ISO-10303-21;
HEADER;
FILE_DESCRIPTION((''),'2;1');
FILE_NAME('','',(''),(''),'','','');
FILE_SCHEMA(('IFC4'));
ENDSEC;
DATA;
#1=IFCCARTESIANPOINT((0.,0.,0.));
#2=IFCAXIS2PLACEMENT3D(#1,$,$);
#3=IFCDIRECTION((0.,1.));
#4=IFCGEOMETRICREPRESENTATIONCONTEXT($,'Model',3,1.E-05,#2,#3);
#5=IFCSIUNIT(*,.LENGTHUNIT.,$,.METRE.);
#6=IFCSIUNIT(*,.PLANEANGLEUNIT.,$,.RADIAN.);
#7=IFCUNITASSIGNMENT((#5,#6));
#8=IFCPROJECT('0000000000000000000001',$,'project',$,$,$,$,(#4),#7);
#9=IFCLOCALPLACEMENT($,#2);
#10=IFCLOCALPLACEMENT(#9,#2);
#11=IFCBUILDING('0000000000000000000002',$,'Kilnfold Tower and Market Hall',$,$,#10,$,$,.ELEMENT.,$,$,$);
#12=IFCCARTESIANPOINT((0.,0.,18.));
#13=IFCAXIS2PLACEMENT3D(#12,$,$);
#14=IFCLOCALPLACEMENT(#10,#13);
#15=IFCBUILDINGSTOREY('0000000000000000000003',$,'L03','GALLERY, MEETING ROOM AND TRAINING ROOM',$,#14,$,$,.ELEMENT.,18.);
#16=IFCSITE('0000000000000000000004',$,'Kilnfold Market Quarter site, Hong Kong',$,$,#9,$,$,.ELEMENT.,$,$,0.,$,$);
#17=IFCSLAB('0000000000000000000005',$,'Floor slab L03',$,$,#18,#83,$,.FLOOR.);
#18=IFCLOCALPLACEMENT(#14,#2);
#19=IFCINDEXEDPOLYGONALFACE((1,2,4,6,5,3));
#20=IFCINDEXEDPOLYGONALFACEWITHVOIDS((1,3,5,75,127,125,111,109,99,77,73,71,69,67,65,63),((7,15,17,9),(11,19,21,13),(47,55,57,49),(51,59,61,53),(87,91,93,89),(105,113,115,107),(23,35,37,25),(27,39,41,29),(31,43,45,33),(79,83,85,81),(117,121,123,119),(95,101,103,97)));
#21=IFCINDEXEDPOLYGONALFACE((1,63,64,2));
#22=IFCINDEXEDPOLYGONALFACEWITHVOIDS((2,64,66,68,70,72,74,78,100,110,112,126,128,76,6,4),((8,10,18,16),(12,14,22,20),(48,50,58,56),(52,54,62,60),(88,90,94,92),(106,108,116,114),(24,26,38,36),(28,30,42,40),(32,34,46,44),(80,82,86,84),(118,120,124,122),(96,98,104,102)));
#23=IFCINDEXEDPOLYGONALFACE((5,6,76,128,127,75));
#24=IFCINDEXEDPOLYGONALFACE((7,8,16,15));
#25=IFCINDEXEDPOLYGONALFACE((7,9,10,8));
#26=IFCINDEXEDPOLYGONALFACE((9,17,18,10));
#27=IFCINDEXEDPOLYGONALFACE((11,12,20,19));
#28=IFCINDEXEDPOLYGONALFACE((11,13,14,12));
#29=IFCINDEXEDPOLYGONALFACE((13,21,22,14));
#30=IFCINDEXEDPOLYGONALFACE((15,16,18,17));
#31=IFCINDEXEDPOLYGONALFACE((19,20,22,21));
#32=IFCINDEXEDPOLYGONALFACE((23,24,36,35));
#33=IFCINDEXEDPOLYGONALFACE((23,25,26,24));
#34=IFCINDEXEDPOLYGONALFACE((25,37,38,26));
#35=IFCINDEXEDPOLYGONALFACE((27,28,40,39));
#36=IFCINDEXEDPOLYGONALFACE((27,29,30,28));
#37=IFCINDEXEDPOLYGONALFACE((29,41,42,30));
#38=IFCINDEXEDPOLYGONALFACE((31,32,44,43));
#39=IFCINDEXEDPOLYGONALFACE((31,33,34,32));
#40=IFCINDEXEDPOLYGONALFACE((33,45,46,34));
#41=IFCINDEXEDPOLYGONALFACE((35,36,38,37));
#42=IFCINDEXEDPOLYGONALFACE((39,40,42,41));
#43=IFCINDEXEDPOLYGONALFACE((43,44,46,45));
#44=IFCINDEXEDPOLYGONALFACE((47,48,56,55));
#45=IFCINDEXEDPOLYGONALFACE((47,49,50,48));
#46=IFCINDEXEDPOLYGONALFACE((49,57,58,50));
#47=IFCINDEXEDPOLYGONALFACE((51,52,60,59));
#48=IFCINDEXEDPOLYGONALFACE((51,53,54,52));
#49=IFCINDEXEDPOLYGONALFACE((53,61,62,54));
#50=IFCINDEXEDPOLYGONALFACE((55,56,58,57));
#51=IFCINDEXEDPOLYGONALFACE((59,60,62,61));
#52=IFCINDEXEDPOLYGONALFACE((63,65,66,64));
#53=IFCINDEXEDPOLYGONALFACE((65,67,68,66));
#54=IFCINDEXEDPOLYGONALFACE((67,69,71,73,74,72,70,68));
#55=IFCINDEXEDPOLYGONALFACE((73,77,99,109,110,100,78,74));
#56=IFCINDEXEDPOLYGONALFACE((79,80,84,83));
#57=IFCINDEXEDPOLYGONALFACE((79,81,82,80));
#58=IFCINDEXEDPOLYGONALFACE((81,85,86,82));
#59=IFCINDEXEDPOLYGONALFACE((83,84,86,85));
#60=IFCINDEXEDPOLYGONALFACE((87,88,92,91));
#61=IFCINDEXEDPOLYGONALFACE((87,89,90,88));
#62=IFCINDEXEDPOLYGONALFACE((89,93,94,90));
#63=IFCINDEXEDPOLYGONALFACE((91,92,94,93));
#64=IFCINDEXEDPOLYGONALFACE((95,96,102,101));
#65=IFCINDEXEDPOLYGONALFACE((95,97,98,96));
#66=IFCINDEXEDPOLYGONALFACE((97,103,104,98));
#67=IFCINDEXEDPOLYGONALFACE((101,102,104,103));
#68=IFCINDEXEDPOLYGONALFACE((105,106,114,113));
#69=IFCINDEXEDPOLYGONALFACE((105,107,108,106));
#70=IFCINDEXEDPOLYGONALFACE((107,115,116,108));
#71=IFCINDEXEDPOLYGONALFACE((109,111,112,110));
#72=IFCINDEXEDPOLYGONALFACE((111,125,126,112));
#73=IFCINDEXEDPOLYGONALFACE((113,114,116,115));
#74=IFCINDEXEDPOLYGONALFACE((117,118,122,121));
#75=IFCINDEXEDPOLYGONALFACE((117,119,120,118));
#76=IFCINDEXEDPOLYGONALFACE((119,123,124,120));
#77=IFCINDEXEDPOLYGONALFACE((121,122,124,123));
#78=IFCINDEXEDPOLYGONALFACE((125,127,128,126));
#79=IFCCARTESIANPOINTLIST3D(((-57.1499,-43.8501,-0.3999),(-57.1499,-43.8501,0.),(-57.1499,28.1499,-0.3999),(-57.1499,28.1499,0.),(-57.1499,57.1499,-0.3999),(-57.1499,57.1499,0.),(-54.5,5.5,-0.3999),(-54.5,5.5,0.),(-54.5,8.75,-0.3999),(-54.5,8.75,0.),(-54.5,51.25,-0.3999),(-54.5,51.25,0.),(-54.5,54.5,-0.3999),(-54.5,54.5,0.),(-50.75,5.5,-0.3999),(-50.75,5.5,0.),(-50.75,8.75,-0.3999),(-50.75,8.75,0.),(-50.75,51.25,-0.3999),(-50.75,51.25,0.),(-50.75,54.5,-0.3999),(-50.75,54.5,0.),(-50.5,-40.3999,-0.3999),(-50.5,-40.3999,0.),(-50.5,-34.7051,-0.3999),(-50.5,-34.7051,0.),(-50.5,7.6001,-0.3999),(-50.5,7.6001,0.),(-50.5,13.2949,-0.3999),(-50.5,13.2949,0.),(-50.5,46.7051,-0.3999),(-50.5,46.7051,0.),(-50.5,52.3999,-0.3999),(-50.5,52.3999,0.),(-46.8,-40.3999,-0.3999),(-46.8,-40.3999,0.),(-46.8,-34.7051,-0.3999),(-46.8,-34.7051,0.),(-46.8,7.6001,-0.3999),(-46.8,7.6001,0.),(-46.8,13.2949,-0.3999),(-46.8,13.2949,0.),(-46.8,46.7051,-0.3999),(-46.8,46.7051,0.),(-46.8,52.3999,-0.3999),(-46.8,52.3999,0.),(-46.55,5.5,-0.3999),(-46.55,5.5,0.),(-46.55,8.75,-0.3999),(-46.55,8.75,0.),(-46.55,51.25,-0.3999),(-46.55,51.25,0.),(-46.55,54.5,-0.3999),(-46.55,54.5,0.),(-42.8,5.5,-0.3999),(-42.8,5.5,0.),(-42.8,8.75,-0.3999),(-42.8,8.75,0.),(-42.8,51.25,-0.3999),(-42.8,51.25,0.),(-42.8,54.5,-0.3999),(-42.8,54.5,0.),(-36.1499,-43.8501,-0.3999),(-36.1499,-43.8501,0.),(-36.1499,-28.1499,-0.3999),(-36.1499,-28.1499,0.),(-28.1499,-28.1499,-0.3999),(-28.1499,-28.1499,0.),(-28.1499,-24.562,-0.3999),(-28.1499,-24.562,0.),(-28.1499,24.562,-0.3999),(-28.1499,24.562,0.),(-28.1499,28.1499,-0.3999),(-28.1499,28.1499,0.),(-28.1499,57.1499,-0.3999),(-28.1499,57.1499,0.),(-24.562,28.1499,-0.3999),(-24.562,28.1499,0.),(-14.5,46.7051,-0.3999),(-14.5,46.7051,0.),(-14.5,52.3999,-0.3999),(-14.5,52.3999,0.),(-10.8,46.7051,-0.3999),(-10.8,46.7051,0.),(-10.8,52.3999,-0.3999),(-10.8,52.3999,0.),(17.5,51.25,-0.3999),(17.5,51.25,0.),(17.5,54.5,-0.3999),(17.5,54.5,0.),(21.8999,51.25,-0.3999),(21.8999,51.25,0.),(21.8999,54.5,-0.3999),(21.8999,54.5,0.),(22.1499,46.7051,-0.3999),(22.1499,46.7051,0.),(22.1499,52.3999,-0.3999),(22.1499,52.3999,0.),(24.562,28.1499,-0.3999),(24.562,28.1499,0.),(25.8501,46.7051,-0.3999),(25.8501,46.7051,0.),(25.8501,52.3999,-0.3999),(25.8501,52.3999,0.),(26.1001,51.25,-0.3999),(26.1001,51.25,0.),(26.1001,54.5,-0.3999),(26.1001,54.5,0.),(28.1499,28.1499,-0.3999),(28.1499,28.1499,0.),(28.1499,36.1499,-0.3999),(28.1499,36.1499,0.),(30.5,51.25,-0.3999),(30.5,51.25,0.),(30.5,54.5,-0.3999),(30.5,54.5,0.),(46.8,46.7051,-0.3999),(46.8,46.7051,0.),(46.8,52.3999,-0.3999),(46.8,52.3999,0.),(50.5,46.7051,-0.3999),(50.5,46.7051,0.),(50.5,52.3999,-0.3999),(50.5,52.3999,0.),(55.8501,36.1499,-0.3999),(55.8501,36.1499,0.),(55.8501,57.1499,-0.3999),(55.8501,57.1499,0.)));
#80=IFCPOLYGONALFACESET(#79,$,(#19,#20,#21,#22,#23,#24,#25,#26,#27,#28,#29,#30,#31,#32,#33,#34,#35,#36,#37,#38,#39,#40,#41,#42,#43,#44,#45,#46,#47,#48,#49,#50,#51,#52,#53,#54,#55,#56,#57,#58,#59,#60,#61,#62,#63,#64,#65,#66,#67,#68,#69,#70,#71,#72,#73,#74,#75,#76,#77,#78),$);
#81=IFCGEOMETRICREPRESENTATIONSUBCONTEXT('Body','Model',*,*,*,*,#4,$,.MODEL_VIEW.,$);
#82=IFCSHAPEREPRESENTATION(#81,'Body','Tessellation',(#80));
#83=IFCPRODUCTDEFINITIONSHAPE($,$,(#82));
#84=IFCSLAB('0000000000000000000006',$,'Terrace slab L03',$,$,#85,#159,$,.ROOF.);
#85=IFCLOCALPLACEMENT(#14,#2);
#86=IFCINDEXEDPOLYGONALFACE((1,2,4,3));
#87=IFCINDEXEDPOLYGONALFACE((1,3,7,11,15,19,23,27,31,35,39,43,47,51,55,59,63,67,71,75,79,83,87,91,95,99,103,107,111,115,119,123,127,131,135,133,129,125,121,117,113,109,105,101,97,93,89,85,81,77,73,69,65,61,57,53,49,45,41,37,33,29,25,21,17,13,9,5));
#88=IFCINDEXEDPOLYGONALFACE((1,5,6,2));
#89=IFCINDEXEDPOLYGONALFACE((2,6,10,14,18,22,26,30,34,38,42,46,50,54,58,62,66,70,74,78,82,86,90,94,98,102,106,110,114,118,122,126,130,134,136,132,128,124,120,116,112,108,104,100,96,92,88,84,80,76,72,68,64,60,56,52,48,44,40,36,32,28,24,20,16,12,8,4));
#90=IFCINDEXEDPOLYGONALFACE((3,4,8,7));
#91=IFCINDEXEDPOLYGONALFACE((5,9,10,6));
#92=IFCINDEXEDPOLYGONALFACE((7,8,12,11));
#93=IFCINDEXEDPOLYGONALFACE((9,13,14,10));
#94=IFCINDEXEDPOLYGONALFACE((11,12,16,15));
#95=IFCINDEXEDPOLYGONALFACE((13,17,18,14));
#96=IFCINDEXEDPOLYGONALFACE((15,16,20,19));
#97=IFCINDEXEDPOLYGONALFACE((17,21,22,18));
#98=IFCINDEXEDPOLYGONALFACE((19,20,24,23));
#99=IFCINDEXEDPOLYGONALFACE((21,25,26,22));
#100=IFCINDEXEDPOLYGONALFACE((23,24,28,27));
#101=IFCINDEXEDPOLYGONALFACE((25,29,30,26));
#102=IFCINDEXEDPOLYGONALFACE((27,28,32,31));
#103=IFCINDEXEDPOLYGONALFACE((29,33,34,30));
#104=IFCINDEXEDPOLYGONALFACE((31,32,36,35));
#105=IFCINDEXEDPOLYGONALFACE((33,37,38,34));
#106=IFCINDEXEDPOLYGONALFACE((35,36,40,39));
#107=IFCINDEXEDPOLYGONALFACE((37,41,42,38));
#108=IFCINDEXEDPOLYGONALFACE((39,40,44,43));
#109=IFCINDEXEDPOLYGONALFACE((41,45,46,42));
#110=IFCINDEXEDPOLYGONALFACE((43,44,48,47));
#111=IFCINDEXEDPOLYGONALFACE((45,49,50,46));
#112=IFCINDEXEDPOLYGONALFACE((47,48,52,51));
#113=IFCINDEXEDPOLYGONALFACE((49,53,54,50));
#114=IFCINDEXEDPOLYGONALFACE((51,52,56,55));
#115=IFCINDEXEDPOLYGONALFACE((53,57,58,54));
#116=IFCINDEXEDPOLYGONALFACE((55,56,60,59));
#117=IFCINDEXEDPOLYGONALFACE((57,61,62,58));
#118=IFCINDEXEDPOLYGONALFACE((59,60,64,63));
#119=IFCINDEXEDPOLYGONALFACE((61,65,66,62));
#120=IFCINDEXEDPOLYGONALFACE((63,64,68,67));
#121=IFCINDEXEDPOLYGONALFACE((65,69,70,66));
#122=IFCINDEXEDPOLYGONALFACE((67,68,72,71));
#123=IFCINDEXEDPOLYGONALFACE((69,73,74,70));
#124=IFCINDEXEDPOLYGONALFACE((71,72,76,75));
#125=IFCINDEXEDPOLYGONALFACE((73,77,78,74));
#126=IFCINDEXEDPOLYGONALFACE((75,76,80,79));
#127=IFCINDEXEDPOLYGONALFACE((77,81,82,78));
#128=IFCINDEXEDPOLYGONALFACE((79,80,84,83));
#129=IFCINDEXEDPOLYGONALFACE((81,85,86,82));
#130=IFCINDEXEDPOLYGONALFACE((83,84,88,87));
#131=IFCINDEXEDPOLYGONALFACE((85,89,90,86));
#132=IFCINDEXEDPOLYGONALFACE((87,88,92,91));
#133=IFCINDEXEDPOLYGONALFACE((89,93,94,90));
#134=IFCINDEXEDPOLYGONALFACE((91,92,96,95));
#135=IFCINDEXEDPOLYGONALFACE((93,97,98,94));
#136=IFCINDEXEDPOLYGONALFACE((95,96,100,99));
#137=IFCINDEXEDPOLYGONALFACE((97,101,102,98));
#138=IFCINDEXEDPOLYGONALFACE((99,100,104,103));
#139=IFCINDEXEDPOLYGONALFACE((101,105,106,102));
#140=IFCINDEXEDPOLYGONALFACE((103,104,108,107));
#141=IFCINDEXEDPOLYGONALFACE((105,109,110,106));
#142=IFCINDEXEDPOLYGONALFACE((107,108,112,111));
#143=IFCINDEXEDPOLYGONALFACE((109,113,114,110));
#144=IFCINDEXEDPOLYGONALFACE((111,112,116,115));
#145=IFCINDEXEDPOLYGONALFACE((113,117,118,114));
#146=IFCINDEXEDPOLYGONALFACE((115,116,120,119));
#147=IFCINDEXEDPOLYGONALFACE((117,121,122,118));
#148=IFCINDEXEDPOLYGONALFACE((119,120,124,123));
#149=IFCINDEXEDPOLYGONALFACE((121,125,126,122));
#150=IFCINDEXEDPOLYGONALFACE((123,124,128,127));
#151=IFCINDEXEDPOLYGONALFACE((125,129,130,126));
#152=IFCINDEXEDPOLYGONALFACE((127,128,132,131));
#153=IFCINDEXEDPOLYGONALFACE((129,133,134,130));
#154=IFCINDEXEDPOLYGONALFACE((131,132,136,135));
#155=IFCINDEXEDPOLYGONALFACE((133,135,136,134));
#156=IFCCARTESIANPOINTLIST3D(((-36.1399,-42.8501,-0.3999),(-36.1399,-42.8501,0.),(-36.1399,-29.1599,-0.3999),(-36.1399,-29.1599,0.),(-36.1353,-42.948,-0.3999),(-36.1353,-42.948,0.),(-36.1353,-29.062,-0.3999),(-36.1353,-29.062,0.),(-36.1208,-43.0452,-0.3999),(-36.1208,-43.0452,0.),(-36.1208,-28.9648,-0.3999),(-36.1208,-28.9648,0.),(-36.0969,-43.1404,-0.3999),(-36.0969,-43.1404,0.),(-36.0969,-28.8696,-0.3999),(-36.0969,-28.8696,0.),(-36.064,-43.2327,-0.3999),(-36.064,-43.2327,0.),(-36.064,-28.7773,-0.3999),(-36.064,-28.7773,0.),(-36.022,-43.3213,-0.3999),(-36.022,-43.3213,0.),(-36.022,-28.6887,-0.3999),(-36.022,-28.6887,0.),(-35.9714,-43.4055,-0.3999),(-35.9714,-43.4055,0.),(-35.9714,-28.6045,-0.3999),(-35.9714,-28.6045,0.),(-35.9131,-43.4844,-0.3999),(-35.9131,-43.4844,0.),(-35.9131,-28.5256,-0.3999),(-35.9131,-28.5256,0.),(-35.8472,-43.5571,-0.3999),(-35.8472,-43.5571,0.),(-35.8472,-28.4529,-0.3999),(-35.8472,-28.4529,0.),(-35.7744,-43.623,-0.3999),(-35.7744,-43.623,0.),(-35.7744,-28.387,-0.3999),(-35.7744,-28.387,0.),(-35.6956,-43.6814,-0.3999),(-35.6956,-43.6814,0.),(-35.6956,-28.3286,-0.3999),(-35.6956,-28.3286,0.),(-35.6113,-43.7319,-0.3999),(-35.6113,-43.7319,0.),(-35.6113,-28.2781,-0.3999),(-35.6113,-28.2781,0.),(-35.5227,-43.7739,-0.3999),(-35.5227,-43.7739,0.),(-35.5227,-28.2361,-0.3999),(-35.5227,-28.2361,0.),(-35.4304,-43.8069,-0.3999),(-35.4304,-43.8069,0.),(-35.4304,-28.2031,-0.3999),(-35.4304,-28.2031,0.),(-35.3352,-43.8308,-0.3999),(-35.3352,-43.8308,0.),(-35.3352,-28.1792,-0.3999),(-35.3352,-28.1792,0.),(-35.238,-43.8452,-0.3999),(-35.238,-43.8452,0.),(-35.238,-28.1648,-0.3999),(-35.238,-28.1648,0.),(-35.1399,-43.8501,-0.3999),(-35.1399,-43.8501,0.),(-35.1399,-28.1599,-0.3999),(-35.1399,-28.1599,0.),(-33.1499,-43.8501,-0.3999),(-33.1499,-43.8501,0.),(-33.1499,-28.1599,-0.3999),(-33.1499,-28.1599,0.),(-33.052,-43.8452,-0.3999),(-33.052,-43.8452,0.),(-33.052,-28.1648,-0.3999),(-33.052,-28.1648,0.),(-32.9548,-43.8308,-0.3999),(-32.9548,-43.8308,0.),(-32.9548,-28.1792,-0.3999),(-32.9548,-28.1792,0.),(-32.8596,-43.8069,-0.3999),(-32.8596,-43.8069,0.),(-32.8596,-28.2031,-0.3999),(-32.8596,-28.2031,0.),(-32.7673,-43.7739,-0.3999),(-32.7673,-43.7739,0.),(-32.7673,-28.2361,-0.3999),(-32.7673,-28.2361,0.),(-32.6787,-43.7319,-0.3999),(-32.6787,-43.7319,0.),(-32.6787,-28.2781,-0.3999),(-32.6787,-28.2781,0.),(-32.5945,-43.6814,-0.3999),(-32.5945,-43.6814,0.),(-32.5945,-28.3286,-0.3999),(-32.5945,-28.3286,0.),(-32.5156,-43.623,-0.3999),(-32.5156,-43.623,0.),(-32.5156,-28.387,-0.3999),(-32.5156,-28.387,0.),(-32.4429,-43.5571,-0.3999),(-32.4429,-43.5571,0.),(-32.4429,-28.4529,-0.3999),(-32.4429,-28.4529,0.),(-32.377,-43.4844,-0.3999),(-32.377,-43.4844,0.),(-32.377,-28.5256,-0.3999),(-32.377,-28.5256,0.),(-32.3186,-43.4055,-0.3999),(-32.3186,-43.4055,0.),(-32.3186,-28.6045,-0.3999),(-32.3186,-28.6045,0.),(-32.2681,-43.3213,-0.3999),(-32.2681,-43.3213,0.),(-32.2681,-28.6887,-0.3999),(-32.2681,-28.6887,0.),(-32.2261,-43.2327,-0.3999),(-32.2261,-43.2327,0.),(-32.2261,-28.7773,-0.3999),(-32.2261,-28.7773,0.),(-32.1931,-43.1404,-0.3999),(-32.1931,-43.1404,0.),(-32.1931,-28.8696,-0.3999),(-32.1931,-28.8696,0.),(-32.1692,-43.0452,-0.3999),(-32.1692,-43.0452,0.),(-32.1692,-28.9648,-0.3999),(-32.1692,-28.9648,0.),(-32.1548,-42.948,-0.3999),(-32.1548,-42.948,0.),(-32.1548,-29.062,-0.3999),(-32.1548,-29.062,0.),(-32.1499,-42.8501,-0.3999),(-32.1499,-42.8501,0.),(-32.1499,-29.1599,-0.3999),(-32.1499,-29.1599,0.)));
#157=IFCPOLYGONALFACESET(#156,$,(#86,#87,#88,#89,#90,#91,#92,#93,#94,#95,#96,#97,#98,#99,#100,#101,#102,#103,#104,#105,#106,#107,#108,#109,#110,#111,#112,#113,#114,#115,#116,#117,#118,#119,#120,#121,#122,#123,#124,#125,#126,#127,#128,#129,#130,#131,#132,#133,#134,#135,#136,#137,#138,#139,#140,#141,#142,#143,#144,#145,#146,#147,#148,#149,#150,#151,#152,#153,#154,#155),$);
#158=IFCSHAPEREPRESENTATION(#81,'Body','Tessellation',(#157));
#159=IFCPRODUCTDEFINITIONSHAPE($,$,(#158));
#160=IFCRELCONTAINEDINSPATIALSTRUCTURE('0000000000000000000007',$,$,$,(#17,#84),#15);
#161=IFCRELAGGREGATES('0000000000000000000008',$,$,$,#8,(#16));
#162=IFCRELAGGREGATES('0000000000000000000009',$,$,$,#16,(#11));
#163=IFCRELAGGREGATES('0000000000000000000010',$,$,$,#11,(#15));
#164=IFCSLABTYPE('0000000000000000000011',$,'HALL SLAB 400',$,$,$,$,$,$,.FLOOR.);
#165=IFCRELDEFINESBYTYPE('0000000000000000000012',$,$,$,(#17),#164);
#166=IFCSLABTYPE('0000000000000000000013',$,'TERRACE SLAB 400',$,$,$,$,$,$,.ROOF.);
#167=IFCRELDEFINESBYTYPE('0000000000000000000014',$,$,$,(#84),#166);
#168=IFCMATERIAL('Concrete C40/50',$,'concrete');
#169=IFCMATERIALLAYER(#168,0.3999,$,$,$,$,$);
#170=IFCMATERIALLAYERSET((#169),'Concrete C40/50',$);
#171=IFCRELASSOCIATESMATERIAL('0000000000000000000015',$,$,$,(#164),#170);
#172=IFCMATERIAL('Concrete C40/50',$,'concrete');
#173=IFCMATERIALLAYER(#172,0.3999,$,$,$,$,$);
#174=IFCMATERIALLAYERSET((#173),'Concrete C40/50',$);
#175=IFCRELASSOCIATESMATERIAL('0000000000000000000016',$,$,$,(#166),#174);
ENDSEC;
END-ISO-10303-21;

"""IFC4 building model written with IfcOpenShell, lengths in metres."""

from ifc_helpers import new_model, si_unit, direction, frame, origin, place, context, subcontext, project, spatial, polyline, outline, extrude, source, transform, mapped, material, layer, layer_set, type_object, element, save


model = new_model("IFC4")

# Units and contexts
model_context = context("Model", 3, precision=1e-05, world=origin(), true_north=direction((0.0, 1.0)))
body_context = subcontext(model_context, "Body", "Model", "MODEL_VIEW")
ifc_project = project(units=[si_unit("LENGTHUNIT", "METRE"), si_unit("PLANEANGLEUNIT", "RADIAN")], contexts=[model_context])

# Site, building, storey
site_placement = place(None, origin())
site = spatial("IfcSite", under=ifc_project, at=site_placement, Name="Kilnfold Market Quarter site, Hong Kong", CompositionType="ELEMENT", RefElevation=0.0)
building_placement = place(site_placement, origin())
building = spatial("IfcBuilding", under=site, at=building_placement, Name="Kilnfold Tower and Market Hall", CompositionType="ELEMENT")
storey_placement = place(building_placement, frame((0.0, 0.0, 18.0)))
storey = spatial("IfcBuildingStorey", under=building, at=storey_placement, Name="L03", Description="GALLERY, MEETING ROOM AND TRAINING ROOM", CompositionType="ELEMENT", Elevation=18.0)

# Slabs
ifc_material_1 = material(Name="Concrete C40/50", Category="concrete")
ifc_layer_1 = layer(ifc_material_1, 0.3999)
ifc_layer_set_1 = layer_set([ifc_layer_1], Name="Concrete C40/50")
slab_type_1 = type_object("IfcSlabType", Name="HALL SLAB 400", PredefinedType="FLOOR", material=ifc_layer_set_1)
shared_shape_1 = source(origin(), body_context, "Body", "SweptSolid", [
    extrude(outline(polyline([(-57.1499, -43.8501), (-36.1499, -43.8501), (-36.1499, -28.1499), (-28.1499, -28.1499), (-28.1499, -24.562), (-28.1499, 24.562), (-28.1499, 28.1499), (-24.562, 28.1499), (24.562, 28.1499), (28.1499, 28.1499), (28.1499, 36.1499), (55.8501, 36.1499), (55.8501, 57.1499), (-28.1499, 57.1499), (-57.1499, 57.1499), (-57.1499, 28.1499), (-57.1499, -43.8501)]), holes=[polyline([(-50.5, -34.7051), (-50.5, -40.3999), (-46.8, -40.3999), (-46.8, -34.7051), (-50.5, -34.7051)]), polyline([(-50.5, 13.2949), (-50.5, 7.6001), (-46.8, 7.6001), (-46.8, 13.2949), (-50.5, 13.2949)]), polyline([(-46.8, 46.7051), (-46.8, 52.3999), (-50.5, 52.3999), (-50.5, 46.7051), (-46.8, 46.7051)]), polyline([(-10.8, 46.7051), (-10.8, 52.3999), (-14.5, 52.3999), (-14.5, 46.7051), (-10.8, 46.7051)]), polyline([(25.8501, 46.7051), (25.8501, 52.3999), (22.1499, 52.3999), (22.1499, 46.7051), (25.8501, 46.7051)]), polyline([(50.5, 46.7051), (50.5, 52.3999), (46.8, 52.3999), (46.8, 46.7051), (50.5, 46.7051)]), polyline([(-54.5, 5.5), (-50.75, 5.5), (-50.75, 8.75), (-54.5, 8.75), (-54.5, 5.5)]), polyline([(-46.55, 5.5), (-42.8, 5.5), (-42.8, 8.75), (-46.55, 8.75), (-46.55, 5.5)]), polyline([(-42.8, 54.5), (-46.55, 54.5), (-46.55, 51.25), (-42.8, 51.25), (-42.8, 54.5)]), polyline([(-50.75, 54.5), (-54.5, 54.5), (-54.5, 51.25), (-50.75, 51.25), (-50.75, 54.5)]), polyline([(30.5, 54.5), (26.1001, 54.5), (26.1001, 51.25), (30.5, 51.25), (30.5, 54.5)]), polyline([(21.8999, 54.5), (17.5, 54.5), (17.5, 51.25), (21.8999, 51.25), (21.8999, 54.5)])]), origin(), (0.0, 0.0, 1.0), 0.3999),
])
slab_1_placement = place(storey_placement, frame((0.0, 0.0, -0.3999)))
element("IfcSlab", 1, at=slab_1_placement, inside=storey, type_object=slab_type_1, Name="Floor slab L03", PredefinedType="FLOOR", context=body_context, shape_type="MappedRepresentation", body=[
    mapped(shared_shape_1, transform((0.0, 0.0, 0.0))),
])
ifc_material_2 = material(Name="Concrete C40/50", Category="concrete")
ifc_layer_2 = layer(ifc_material_2, 0.3999)
ifc_layer_set_2 = layer_set([ifc_layer_2], Name="Concrete C40/50")
slab_type_2 = type_object("IfcSlabType", Name="TERRACE SLAB 400", PredefinedType="ROOF", material=ifc_layer_set_2)
shared_shape_2 = source(origin(), body_context, "Body", "SweptSolid", [
    extrude(outline(polyline([(-32.1499, -42.8501), (-32.1548, -42.948), (-32.1692, -43.0452), (-32.1931, -43.1404), (-32.2261, -43.2327), (-32.2681, -43.3213), (-32.3186, -43.4055), (-32.377, -43.4844), (-32.4429, -43.5571), (-32.5156, -43.623), (-32.5945, -43.6814), (-32.6787, -43.7319), (-32.7673, -43.7739), (-32.8596, -43.8069), (-32.9548, -43.8308), (-33.052, -43.8452), (-33.1499, -43.8501), (-35.1399, -43.8501), (-35.238, -43.8452), (-35.3352, -43.8308), (-35.4304, -43.8069), (-35.5227, -43.7739), (-35.6113, -43.7319), (-35.6956, -43.6814), (-35.7744, -43.623), (-35.8472, -43.5571), (-35.9131, -43.4844), (-35.9714, -43.4055), (-36.022, -43.3213), (-36.064, -43.2327), (-36.0969, -43.1404), (-36.1208, -43.0452), (-36.1353, -42.948), (-36.1399, -42.8501), (-36.1399, -29.1599), (-36.1353, -29.062), (-36.1208, -28.9648), (-36.0969, -28.8696), (-36.064, -28.7773), (-36.022, -28.6887), (-35.9714, -28.6045), (-35.9131, -28.5256), (-35.8472, -28.4529), (-35.7744, -28.387), (-35.6956, -28.3286), (-35.6113, -28.2781), (-35.5227, -28.2361), (-35.4304, -28.2031), (-35.3352, -28.1792), (-35.238, -28.1648), (-35.1399, -28.1599), (-33.1499, -28.1599), (-33.052, -28.1648), (-32.9548, -28.1792), (-32.8596, -28.2031), (-32.7673, -28.2361), (-32.6787, -28.2781), (-32.5945, -28.3286), (-32.5156, -28.387), (-32.4429, -28.4529), (-32.377, -28.5256), (-32.3186, -28.6045), (-32.2681, -28.6887), (-32.2261, -28.7773), (-32.1931, -28.8696), (-32.1692, -28.9648), (-32.1548, -29.062), (-32.1499, -29.1599), (-32.1499, -42.8501)])), origin(), (0.0, 0.0, 1.0), 0.3999),
])
slab_2_placement = place(storey_placement, frame((0.0, 0.0, -0.3999)))
element("IfcSlab", 2, at=slab_2_placement, inside=storey, type_object=slab_type_2, Name="Terrace slab L03", PredefinedType="ROOF", context=body_context, shape_type="MappedRepresentation", body=[
    mapped(shared_shape_2, transform((0.0, 0.0, 0.0))),
])

save(model, "model.ifc")
